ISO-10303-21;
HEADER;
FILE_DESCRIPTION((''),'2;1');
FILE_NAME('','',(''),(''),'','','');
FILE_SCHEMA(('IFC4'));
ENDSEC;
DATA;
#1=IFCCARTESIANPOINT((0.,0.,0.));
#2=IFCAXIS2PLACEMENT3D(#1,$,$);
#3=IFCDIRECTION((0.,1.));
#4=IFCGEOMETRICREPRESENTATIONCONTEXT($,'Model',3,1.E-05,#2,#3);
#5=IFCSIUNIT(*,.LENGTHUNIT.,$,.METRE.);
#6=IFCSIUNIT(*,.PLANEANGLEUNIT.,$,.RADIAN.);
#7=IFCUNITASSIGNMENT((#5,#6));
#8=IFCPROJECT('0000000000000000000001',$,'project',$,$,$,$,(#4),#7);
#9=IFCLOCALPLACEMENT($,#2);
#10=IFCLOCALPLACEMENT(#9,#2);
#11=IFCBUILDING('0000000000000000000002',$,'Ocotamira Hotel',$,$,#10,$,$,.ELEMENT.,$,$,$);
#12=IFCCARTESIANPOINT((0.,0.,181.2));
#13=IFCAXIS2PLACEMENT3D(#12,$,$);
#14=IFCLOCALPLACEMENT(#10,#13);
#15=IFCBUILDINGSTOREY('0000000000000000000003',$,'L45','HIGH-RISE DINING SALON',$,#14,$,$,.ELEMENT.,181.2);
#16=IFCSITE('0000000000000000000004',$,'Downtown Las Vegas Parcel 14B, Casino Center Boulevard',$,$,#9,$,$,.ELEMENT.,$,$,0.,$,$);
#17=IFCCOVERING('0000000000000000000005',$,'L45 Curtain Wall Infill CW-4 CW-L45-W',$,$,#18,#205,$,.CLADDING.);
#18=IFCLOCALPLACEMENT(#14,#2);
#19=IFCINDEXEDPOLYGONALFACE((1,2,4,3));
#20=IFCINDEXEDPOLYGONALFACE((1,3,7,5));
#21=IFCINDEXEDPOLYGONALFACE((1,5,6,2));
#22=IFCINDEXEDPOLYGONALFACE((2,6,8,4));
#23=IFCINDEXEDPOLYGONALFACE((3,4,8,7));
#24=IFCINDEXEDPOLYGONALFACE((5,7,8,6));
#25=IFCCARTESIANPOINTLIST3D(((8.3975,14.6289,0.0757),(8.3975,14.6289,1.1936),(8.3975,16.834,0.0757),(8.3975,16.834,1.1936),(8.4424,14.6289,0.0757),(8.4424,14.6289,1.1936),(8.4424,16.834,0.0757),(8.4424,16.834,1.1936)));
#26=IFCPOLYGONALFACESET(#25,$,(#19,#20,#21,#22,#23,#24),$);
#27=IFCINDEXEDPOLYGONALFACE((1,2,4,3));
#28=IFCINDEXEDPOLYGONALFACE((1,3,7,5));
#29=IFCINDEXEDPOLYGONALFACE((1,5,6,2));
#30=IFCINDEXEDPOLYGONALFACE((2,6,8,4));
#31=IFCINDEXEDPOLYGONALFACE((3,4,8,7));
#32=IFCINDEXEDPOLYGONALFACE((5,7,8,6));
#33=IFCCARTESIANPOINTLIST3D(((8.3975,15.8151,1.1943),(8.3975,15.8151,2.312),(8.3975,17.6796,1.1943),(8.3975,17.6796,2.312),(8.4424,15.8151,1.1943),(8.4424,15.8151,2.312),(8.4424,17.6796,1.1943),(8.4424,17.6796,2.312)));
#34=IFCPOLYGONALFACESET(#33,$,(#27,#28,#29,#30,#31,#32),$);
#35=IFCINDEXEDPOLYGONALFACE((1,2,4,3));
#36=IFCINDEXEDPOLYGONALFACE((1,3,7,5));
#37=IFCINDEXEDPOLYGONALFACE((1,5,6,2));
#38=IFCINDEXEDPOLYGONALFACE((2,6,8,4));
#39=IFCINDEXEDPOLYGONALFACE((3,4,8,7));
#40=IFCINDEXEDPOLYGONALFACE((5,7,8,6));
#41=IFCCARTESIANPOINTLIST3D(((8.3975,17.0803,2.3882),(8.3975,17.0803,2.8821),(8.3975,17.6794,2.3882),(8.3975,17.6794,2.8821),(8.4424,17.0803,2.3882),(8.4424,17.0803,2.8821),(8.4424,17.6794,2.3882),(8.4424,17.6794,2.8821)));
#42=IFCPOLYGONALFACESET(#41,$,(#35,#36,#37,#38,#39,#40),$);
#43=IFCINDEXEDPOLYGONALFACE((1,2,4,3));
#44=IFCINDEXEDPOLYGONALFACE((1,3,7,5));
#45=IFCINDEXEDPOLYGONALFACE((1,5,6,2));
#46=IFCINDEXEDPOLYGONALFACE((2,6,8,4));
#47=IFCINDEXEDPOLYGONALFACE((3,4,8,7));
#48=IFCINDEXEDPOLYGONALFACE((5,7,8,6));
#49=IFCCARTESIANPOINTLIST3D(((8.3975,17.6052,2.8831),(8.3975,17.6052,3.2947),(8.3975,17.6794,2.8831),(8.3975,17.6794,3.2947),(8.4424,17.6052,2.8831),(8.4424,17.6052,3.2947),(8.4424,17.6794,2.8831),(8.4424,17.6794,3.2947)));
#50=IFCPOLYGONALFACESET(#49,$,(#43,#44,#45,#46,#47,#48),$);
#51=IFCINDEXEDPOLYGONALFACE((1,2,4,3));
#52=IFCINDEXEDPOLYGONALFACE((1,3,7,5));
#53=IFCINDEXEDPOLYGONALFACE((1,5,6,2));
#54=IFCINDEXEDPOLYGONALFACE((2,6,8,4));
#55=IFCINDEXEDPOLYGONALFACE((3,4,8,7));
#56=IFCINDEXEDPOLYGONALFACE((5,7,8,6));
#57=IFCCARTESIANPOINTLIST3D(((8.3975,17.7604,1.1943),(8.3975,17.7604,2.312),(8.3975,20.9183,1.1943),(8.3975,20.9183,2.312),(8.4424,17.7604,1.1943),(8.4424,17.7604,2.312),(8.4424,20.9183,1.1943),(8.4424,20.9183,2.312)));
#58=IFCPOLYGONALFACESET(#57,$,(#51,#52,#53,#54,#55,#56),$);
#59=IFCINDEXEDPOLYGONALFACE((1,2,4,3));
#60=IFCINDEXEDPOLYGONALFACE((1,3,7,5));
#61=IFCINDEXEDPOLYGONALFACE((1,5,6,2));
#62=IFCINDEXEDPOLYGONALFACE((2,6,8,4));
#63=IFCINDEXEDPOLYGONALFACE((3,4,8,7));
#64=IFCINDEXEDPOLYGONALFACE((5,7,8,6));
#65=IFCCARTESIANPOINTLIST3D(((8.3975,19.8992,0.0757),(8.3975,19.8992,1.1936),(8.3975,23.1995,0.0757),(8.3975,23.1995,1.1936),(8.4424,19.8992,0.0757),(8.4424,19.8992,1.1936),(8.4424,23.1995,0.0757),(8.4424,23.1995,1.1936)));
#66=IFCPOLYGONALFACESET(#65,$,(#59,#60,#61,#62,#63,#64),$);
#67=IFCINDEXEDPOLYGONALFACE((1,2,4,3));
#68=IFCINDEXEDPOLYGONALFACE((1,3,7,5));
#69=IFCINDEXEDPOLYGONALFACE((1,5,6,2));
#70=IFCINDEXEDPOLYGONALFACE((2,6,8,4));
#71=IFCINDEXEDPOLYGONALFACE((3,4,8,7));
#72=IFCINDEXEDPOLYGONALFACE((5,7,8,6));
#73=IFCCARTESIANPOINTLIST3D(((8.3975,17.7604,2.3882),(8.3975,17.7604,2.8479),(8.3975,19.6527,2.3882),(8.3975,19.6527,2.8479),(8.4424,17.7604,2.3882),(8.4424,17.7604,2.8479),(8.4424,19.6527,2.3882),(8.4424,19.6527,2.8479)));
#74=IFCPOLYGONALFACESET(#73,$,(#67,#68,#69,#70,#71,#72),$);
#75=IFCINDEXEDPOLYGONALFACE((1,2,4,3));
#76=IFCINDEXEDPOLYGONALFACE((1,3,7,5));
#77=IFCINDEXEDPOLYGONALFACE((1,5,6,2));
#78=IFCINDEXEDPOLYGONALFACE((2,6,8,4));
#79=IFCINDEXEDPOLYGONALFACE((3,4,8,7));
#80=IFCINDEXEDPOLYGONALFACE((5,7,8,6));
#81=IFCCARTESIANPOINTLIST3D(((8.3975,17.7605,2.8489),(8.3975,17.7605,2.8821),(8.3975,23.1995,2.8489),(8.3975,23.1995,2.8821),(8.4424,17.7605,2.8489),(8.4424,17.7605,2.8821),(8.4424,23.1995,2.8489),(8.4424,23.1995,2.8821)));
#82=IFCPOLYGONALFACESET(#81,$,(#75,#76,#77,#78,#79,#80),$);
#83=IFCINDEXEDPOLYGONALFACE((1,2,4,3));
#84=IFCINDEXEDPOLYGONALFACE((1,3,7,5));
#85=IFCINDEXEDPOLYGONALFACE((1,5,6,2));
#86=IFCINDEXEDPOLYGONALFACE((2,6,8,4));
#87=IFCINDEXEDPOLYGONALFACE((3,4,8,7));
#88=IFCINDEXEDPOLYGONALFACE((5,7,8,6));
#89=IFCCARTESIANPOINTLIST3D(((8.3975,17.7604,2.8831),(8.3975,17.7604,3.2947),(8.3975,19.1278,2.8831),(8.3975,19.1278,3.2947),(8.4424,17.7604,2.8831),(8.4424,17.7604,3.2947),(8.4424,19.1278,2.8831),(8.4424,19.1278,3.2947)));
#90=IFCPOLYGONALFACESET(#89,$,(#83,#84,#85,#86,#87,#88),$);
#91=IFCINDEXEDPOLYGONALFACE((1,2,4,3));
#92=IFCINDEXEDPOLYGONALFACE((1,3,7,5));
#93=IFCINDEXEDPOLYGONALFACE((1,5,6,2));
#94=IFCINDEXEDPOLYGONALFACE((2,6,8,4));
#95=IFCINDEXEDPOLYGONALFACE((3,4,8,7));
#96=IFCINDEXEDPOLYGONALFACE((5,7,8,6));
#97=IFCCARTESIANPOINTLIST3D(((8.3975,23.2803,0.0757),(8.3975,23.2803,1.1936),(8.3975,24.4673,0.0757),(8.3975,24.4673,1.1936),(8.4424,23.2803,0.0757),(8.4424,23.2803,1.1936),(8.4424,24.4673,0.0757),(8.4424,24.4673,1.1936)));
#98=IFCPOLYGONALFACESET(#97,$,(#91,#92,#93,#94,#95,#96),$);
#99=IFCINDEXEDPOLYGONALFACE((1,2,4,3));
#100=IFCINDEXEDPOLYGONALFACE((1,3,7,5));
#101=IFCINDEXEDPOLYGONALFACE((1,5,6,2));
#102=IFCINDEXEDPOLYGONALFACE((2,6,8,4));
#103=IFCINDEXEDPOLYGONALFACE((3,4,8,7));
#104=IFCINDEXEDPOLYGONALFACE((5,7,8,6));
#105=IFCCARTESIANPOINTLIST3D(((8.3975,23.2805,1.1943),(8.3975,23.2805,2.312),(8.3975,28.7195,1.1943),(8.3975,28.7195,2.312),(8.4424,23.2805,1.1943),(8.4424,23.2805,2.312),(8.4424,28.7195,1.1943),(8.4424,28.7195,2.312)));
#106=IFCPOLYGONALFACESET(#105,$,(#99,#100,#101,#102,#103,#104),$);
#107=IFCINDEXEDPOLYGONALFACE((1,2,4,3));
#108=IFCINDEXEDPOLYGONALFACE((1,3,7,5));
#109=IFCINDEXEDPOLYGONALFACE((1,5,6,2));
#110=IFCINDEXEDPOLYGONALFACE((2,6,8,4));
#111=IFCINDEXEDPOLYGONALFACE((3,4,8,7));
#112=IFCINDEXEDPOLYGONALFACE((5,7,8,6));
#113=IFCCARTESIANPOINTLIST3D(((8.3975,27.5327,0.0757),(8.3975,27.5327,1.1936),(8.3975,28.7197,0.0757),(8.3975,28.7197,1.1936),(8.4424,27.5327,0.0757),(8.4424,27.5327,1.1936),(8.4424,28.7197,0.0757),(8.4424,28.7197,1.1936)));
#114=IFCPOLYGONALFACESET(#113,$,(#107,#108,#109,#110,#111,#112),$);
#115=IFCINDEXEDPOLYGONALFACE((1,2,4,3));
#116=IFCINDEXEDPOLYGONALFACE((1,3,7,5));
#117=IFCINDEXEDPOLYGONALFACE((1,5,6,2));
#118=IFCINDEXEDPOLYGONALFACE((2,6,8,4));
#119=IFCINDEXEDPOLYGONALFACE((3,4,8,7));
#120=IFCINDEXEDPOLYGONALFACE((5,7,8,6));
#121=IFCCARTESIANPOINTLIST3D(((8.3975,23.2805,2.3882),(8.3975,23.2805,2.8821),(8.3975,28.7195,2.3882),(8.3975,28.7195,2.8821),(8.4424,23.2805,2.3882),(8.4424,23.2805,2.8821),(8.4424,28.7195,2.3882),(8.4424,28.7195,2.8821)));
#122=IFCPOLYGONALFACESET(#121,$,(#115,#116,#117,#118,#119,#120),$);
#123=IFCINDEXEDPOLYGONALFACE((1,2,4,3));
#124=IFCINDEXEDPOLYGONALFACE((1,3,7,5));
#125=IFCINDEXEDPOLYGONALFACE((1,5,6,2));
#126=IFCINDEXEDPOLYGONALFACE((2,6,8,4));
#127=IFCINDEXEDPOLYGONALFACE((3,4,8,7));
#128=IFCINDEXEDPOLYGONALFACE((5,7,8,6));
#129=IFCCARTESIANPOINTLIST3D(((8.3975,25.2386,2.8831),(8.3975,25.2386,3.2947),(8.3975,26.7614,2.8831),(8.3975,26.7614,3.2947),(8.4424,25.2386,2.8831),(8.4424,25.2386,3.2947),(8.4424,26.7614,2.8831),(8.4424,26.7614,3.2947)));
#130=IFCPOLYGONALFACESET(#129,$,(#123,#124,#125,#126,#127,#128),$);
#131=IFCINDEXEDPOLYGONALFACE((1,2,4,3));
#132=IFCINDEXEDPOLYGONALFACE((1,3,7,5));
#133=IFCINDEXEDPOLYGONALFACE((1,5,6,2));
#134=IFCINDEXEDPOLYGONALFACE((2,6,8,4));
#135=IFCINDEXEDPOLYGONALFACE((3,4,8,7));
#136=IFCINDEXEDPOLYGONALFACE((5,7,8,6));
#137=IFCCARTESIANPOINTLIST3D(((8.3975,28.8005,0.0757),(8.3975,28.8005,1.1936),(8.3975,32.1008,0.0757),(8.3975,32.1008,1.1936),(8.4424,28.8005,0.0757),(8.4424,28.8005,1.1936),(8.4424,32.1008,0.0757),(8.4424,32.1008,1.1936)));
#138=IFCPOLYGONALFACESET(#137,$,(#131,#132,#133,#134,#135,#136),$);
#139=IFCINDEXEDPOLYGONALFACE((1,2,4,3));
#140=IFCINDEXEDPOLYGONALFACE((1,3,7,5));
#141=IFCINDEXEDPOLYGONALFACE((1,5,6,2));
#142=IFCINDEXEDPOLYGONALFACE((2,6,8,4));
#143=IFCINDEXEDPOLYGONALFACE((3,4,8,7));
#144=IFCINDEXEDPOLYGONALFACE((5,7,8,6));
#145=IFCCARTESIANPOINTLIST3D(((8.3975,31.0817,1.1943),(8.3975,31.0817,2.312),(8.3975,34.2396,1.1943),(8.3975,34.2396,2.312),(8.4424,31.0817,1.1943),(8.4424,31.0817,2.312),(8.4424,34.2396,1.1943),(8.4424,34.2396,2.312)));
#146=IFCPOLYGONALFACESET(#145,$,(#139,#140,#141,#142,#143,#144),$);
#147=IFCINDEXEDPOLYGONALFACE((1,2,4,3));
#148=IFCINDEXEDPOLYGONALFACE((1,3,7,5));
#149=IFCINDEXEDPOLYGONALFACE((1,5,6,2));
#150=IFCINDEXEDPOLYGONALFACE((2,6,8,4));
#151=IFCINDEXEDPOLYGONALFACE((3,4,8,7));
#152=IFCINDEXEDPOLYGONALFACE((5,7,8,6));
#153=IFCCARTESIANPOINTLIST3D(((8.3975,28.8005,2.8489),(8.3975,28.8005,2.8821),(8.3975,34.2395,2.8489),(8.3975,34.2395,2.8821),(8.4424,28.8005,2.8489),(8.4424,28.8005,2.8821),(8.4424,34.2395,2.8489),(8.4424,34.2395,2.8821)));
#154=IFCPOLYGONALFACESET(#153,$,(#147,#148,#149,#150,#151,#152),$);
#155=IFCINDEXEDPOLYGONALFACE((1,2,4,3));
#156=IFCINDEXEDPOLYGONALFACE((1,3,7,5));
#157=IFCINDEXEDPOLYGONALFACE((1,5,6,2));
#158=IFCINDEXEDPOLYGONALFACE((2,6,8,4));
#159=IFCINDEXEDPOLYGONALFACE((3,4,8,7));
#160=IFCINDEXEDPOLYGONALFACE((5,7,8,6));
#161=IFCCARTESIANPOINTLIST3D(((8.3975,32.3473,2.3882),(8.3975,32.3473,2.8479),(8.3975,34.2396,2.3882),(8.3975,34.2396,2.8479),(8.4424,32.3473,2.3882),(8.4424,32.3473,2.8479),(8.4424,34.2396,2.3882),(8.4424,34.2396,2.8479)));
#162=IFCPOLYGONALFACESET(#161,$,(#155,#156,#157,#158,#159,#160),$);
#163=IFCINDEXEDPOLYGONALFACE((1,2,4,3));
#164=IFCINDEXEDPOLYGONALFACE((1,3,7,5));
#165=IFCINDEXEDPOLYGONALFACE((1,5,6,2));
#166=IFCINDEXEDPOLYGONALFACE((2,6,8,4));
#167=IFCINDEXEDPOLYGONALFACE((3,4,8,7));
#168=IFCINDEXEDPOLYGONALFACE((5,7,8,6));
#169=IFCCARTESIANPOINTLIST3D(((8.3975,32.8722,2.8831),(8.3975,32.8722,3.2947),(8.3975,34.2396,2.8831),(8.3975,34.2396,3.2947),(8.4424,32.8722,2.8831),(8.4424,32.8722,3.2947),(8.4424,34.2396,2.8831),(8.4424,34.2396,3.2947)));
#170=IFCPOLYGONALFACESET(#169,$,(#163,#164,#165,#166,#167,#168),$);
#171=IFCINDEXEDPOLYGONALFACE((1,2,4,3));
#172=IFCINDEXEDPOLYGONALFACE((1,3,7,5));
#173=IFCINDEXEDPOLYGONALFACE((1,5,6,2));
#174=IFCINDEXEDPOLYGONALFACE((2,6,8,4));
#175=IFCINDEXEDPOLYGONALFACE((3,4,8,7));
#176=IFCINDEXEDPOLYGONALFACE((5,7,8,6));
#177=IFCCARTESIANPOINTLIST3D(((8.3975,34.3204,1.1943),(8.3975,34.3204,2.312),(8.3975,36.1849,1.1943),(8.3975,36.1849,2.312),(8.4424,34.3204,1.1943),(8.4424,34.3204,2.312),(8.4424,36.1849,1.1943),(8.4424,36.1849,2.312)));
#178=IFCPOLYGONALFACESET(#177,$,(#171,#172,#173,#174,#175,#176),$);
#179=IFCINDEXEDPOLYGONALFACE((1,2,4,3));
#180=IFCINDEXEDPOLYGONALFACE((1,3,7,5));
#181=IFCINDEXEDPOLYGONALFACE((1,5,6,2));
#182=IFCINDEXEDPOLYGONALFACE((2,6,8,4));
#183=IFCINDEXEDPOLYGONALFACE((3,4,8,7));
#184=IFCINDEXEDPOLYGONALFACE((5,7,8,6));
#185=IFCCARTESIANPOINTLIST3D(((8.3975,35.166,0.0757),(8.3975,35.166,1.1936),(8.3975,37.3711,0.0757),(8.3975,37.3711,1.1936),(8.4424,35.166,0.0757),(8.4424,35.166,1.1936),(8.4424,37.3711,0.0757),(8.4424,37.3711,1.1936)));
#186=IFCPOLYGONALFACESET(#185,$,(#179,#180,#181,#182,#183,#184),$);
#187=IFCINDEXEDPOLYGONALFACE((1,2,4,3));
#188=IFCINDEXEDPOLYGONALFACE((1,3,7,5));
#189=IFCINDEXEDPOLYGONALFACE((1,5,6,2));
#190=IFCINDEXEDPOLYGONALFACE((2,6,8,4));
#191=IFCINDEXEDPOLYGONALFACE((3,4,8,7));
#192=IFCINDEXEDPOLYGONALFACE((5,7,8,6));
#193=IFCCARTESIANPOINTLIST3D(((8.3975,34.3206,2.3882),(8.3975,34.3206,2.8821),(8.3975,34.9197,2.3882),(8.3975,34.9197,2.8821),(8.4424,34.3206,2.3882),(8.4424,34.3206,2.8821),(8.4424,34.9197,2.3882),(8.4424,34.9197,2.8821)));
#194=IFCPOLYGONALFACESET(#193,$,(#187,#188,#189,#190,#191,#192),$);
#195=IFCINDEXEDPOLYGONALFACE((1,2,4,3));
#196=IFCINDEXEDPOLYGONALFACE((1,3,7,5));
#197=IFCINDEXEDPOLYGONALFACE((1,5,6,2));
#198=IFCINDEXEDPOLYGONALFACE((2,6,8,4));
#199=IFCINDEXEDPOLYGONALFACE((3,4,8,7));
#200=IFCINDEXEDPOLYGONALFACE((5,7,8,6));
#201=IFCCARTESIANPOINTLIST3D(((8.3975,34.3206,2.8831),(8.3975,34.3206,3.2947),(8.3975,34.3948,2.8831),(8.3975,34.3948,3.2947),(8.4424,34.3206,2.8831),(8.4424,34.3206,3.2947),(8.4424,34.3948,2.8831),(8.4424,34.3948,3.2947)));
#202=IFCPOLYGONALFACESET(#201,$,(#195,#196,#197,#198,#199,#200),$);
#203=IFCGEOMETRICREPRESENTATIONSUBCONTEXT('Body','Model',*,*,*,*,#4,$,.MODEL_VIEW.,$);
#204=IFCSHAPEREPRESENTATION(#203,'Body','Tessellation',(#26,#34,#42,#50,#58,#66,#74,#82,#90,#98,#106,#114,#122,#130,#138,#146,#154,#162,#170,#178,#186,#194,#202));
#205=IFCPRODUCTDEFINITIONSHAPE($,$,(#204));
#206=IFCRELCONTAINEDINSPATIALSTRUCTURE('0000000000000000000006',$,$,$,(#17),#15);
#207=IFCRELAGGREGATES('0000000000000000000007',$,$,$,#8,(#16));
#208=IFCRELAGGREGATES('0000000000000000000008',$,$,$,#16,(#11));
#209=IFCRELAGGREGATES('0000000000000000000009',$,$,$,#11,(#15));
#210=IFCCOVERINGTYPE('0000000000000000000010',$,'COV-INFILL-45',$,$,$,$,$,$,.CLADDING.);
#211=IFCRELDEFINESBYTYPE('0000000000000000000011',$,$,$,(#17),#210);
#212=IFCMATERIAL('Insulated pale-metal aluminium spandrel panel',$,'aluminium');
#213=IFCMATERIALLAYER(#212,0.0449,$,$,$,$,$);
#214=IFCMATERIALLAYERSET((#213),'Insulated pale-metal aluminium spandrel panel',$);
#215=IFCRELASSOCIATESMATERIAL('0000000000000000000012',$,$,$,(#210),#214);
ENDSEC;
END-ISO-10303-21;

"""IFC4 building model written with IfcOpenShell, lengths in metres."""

from ifc_helpers import new_model, si_unit, direction, frame, origin, origin_2d, place, context, subcontext, project, spatial, rectangle, extrude, material, layer, layer_set, type_object, element, save


model = new_model("IFC4")

# Units and contexts
model_context = context("Model", 3, precision=1e-05, world=origin(), true_north=direction((0.0, 1.0)))
body_context = subcontext(model_context, "Body", "Model", "MODEL_VIEW")
ifc_project = project(units=[si_unit("LENGTHUNIT", "METRE"), si_unit("PLANEANGLEUNIT", "RADIAN")], contexts=[model_context])

# Site, building, storey
site_placement = place(None, origin())
site = spatial("IfcSite", under=ifc_project, at=site_placement, Name="Downtown Las Vegas Parcel 14B, Casino Center Boulevard", CompositionType="ELEMENT", RefElevation=0.0)
building_placement = place(site_placement, origin())
building = spatial("IfcBuilding", under=site, at=building_placement, Name="Ocotamira Hotel", CompositionType="ELEMENT")
storey_placement = place(building_placement, frame((0.0, 0.0, 181.2)))
storey = spatial("IfcBuildingStorey", under=building, at=storey_placement, Name="L45", Description="HIGH-RISE DINING SALON", CompositionType="ELEMENT", Elevation=181.2)

# Covering
ifc_material_1 = material(Name="Insulated pale-metal aluminium spandrel panel", Category="aluminium")
ifc_layer_1 = layer(ifc_material_1, 0.0449)
ifc_layer_set_1 = layer_set([ifc_layer_1], Name="Insulated pale-metal aluminium spandrel panel")
covering_type_1 = type_object("IfcCoveringType", Name="COV-INFILL-45", PredefinedType="CLADDING", material=ifc_layer_set_1)
covering_1_placement = place(storey_placement, origin())
element("IfcCovering", 1, at=covering_1_placement, inside=storey, type_object=covering_type_1, Name="L45 Curtain Wall Infill CW-4 CW-L45-W", PredefinedType="CLADDING", context=body_context, shape_type="SweptSolid", body=[
    extrude(rectangle(XDim=2.2051, YDim=0.0449, at=origin_2d()), frame((8.4199, 15.7314, 0.0757), z_axis=(0.0, 0.0, 1.0), x_axis=(0.0, 1.0, 0.0)), (0.0, 0.0, 1.0), 1.1179),
    extrude(rectangle(XDim=1.8645, YDim=0.0449, at=origin_2d()), frame((8.4199, 16.7473, 1.1943), z_axis=(0.0, 0.0, 1.0), x_axis=(0.0, 1.0, 0.0)), (0.0, 0.0, 1.0), 1.1177),
    extrude(rectangle(XDim=0.5991, YDim=0.0449, at=origin_2d()), frame((8.4199, 17.3799, 2.3882), z_axis=(0.0, 0.0, 1.0), x_axis=(0.0, 1.0, 0.0)), (0.0, 0.0, 1.0), 0.4939),
    extrude(rectangle(XDim=0.0742, YDim=0.0449, at=origin_2d()), frame((8.4199, 17.6423, 2.8831), z_axis=(0.0, 0.0, 1.0), x_axis=(0.0, 1.0, 0.0)), (0.0, 0.0, 1.0), 0.4116),
    extrude(rectangle(XDim=3.158, YDim=0.0449, at=origin_2d()), frame((8.4199, 19.3394, 1.1943), z_axis=(0.0, 0.0, 1.0), x_axis=(0.0, 1.0, 0.0)), (0.0, 0.0, 1.0), 1.1177),
    extrude(rectangle(XDim=3.3003, YDim=0.0449, at=origin_2d()), frame((8.4199, 21.5493, 0.0757), z_axis=(0.0, 0.0, 1.0), x_axis=(0.0, 1.0, 0.0)), (0.0, 0.0, 1.0), 1.1179),
    extrude(rectangle(XDim=1.8923, YDim=0.0449, at=origin_2d()), frame((8.4199, 18.7065, 2.3882), z_axis=(0.0, 0.0, 1.0), x_axis=(0.0, 1.0, 0.0)), (0.0, 0.0, 1.0), 0.4597),
    extrude(rectangle(XDim=5.439, YDim=0.0449, at=origin_2d()), frame((8.4199, 20.48, 2.8489), z_axis=(0.0, 0.0, 1.0), x_axis=(0.0, 1.0, 0.0)), (0.0, 0.0, 1.0), 0.0332),
    extrude(rectangle(XDim=1.3674, YDim=0.0449, at=origin_2d()), frame((8.4199, 18.4441, 2.8831), z_axis=(0.0, 0.0, 1.0), x_axis=(0.0, 1.0, 0.0)), (0.0, 0.0, 1.0), 0.4116),
    extrude(rectangle(XDim=1.187, YDim=0.0449, at=origin_2d()), frame((8.4199, 23.8738, 0.0757), z_axis=(0.0, 0.0, 1.0), x_axis=(0.0, 1.0, 0.0)), (0.0, 0.0, 1.0), 1.1179),
    extrude(rectangle(XDim=5.439, YDim=0.0449, at=origin_2d()), frame((8.4199, 26.0, 1.1943), z_axis=(0.0, 0.0, 1.0), x_axis=(0.0, 1.0, 0.0)), (0.0, 0.0, 1.0), 1.1177),
    extrude(rectangle(XDim=1.187, YDim=0.0449, at=origin_2d()), frame((8.4199, 28.1262, 0.0757), z_axis=(0.0, 0.0, 1.0), x_axis=(0.0, 1.0, 0.0)), (0.0, 0.0, 1.0), 1.1179),
    extrude(rectangle(XDim=5.439, YDim=0.0449, at=origin_2d()), frame((8.4199, 26.0, 2.3882), z_axis=(0.0, 0.0, 1.0), x_axis=(0.0, 1.0, 0.0)), (0.0, 0.0, 1.0), 0.4939),
    extrude(rectangle(XDim=1.5227, YDim=0.0449, at=origin_2d()), frame((8.4199, 26.0, 2.8831), z_axis=(0.0, 0.0, 1.0), x_axis=(0.0, 1.0, 0.0)), (0.0, 0.0, 1.0), 0.4116),
    extrude(rectangle(XDim=3.3003, YDim=0.0449, at=origin_2d()), frame((8.4199, 30.4507, 0.0757), z_axis=(0.0, 0.0, 1.0), x_axis=(0.0, 1.0, 0.0)), (0.0, 0.0, 1.0), 1.1179),
    extrude(rectangle(XDim=3.158, YDim=0.0449, at=origin_2d()), frame((8.4199, 32.6606, 1.1943), z_axis=(0.0, 0.0, 1.0), x_axis=(0.0, 1.0, 0.0)), (0.0, 0.0, 1.0), 1.1177),
    extrude(rectangle(XDim=5.439, YDim=0.0449, at=origin_2d()), frame((8.4199, 31.52, 2.8489), z_axis=(0.0, 0.0, 1.0), x_axis=(0.0, 1.0, 0.0)), (0.0, 0.0, 1.0), 0.0332),
    extrude(rectangle(XDim=1.8923, YDim=0.0449, at=origin_2d()), frame((8.4199, 33.2935, 2.3882), z_axis=(0.0, 0.0, 1.0), x_axis=(0.0, 1.0, 0.0)), (0.0, 0.0, 1.0), 0.4597),
    extrude(rectangle(XDim=1.3674, YDim=0.0449, at=origin_2d()), frame((8.4199, 33.5559, 2.8831), z_axis=(0.0, 0.0, 1.0), x_axis=(0.0, 1.0, 0.0)), (0.0, 0.0, 1.0), 0.4116),
    extrude(rectangle(XDim=1.8645, YDim=0.0449, at=origin_2d()), frame((8.4199, 35.2527, 1.1943), z_axis=(0.0, 0.0, 1.0), x_axis=(0.0, 1.0, 0.0)), (0.0, 0.0, 1.0), 1.1177),
    extrude(rectangle(XDim=2.2051, YDim=0.0449, at=origin_2d()), frame((8.4199, 36.2686, 0.0757), z_axis=(0.0, 0.0, 1.0), x_axis=(0.0, 1.0, 0.0)), (0.0, 0.0, 1.0), 1.1179),
    extrude(rectangle(XDim=0.5991, YDim=0.0449, at=origin_2d()), frame((8.4199, 34.6201, 2.3882), z_axis=(0.0, 0.0, 1.0), x_axis=(0.0, 1.0, 0.0)), (0.0, 0.0, 1.0), 0.4939),
    extrude(rectangle(XDim=0.0742, YDim=0.0449, at=origin_2d()), frame((8.4199, 34.3577, 2.8831), z_axis=(0.0, 0.0, 1.0), x_axis=(0.0, 1.0, 0.0)), (0.0, 0.0, 1.0), 0.4116),
])

save(model, "model.ifc")
